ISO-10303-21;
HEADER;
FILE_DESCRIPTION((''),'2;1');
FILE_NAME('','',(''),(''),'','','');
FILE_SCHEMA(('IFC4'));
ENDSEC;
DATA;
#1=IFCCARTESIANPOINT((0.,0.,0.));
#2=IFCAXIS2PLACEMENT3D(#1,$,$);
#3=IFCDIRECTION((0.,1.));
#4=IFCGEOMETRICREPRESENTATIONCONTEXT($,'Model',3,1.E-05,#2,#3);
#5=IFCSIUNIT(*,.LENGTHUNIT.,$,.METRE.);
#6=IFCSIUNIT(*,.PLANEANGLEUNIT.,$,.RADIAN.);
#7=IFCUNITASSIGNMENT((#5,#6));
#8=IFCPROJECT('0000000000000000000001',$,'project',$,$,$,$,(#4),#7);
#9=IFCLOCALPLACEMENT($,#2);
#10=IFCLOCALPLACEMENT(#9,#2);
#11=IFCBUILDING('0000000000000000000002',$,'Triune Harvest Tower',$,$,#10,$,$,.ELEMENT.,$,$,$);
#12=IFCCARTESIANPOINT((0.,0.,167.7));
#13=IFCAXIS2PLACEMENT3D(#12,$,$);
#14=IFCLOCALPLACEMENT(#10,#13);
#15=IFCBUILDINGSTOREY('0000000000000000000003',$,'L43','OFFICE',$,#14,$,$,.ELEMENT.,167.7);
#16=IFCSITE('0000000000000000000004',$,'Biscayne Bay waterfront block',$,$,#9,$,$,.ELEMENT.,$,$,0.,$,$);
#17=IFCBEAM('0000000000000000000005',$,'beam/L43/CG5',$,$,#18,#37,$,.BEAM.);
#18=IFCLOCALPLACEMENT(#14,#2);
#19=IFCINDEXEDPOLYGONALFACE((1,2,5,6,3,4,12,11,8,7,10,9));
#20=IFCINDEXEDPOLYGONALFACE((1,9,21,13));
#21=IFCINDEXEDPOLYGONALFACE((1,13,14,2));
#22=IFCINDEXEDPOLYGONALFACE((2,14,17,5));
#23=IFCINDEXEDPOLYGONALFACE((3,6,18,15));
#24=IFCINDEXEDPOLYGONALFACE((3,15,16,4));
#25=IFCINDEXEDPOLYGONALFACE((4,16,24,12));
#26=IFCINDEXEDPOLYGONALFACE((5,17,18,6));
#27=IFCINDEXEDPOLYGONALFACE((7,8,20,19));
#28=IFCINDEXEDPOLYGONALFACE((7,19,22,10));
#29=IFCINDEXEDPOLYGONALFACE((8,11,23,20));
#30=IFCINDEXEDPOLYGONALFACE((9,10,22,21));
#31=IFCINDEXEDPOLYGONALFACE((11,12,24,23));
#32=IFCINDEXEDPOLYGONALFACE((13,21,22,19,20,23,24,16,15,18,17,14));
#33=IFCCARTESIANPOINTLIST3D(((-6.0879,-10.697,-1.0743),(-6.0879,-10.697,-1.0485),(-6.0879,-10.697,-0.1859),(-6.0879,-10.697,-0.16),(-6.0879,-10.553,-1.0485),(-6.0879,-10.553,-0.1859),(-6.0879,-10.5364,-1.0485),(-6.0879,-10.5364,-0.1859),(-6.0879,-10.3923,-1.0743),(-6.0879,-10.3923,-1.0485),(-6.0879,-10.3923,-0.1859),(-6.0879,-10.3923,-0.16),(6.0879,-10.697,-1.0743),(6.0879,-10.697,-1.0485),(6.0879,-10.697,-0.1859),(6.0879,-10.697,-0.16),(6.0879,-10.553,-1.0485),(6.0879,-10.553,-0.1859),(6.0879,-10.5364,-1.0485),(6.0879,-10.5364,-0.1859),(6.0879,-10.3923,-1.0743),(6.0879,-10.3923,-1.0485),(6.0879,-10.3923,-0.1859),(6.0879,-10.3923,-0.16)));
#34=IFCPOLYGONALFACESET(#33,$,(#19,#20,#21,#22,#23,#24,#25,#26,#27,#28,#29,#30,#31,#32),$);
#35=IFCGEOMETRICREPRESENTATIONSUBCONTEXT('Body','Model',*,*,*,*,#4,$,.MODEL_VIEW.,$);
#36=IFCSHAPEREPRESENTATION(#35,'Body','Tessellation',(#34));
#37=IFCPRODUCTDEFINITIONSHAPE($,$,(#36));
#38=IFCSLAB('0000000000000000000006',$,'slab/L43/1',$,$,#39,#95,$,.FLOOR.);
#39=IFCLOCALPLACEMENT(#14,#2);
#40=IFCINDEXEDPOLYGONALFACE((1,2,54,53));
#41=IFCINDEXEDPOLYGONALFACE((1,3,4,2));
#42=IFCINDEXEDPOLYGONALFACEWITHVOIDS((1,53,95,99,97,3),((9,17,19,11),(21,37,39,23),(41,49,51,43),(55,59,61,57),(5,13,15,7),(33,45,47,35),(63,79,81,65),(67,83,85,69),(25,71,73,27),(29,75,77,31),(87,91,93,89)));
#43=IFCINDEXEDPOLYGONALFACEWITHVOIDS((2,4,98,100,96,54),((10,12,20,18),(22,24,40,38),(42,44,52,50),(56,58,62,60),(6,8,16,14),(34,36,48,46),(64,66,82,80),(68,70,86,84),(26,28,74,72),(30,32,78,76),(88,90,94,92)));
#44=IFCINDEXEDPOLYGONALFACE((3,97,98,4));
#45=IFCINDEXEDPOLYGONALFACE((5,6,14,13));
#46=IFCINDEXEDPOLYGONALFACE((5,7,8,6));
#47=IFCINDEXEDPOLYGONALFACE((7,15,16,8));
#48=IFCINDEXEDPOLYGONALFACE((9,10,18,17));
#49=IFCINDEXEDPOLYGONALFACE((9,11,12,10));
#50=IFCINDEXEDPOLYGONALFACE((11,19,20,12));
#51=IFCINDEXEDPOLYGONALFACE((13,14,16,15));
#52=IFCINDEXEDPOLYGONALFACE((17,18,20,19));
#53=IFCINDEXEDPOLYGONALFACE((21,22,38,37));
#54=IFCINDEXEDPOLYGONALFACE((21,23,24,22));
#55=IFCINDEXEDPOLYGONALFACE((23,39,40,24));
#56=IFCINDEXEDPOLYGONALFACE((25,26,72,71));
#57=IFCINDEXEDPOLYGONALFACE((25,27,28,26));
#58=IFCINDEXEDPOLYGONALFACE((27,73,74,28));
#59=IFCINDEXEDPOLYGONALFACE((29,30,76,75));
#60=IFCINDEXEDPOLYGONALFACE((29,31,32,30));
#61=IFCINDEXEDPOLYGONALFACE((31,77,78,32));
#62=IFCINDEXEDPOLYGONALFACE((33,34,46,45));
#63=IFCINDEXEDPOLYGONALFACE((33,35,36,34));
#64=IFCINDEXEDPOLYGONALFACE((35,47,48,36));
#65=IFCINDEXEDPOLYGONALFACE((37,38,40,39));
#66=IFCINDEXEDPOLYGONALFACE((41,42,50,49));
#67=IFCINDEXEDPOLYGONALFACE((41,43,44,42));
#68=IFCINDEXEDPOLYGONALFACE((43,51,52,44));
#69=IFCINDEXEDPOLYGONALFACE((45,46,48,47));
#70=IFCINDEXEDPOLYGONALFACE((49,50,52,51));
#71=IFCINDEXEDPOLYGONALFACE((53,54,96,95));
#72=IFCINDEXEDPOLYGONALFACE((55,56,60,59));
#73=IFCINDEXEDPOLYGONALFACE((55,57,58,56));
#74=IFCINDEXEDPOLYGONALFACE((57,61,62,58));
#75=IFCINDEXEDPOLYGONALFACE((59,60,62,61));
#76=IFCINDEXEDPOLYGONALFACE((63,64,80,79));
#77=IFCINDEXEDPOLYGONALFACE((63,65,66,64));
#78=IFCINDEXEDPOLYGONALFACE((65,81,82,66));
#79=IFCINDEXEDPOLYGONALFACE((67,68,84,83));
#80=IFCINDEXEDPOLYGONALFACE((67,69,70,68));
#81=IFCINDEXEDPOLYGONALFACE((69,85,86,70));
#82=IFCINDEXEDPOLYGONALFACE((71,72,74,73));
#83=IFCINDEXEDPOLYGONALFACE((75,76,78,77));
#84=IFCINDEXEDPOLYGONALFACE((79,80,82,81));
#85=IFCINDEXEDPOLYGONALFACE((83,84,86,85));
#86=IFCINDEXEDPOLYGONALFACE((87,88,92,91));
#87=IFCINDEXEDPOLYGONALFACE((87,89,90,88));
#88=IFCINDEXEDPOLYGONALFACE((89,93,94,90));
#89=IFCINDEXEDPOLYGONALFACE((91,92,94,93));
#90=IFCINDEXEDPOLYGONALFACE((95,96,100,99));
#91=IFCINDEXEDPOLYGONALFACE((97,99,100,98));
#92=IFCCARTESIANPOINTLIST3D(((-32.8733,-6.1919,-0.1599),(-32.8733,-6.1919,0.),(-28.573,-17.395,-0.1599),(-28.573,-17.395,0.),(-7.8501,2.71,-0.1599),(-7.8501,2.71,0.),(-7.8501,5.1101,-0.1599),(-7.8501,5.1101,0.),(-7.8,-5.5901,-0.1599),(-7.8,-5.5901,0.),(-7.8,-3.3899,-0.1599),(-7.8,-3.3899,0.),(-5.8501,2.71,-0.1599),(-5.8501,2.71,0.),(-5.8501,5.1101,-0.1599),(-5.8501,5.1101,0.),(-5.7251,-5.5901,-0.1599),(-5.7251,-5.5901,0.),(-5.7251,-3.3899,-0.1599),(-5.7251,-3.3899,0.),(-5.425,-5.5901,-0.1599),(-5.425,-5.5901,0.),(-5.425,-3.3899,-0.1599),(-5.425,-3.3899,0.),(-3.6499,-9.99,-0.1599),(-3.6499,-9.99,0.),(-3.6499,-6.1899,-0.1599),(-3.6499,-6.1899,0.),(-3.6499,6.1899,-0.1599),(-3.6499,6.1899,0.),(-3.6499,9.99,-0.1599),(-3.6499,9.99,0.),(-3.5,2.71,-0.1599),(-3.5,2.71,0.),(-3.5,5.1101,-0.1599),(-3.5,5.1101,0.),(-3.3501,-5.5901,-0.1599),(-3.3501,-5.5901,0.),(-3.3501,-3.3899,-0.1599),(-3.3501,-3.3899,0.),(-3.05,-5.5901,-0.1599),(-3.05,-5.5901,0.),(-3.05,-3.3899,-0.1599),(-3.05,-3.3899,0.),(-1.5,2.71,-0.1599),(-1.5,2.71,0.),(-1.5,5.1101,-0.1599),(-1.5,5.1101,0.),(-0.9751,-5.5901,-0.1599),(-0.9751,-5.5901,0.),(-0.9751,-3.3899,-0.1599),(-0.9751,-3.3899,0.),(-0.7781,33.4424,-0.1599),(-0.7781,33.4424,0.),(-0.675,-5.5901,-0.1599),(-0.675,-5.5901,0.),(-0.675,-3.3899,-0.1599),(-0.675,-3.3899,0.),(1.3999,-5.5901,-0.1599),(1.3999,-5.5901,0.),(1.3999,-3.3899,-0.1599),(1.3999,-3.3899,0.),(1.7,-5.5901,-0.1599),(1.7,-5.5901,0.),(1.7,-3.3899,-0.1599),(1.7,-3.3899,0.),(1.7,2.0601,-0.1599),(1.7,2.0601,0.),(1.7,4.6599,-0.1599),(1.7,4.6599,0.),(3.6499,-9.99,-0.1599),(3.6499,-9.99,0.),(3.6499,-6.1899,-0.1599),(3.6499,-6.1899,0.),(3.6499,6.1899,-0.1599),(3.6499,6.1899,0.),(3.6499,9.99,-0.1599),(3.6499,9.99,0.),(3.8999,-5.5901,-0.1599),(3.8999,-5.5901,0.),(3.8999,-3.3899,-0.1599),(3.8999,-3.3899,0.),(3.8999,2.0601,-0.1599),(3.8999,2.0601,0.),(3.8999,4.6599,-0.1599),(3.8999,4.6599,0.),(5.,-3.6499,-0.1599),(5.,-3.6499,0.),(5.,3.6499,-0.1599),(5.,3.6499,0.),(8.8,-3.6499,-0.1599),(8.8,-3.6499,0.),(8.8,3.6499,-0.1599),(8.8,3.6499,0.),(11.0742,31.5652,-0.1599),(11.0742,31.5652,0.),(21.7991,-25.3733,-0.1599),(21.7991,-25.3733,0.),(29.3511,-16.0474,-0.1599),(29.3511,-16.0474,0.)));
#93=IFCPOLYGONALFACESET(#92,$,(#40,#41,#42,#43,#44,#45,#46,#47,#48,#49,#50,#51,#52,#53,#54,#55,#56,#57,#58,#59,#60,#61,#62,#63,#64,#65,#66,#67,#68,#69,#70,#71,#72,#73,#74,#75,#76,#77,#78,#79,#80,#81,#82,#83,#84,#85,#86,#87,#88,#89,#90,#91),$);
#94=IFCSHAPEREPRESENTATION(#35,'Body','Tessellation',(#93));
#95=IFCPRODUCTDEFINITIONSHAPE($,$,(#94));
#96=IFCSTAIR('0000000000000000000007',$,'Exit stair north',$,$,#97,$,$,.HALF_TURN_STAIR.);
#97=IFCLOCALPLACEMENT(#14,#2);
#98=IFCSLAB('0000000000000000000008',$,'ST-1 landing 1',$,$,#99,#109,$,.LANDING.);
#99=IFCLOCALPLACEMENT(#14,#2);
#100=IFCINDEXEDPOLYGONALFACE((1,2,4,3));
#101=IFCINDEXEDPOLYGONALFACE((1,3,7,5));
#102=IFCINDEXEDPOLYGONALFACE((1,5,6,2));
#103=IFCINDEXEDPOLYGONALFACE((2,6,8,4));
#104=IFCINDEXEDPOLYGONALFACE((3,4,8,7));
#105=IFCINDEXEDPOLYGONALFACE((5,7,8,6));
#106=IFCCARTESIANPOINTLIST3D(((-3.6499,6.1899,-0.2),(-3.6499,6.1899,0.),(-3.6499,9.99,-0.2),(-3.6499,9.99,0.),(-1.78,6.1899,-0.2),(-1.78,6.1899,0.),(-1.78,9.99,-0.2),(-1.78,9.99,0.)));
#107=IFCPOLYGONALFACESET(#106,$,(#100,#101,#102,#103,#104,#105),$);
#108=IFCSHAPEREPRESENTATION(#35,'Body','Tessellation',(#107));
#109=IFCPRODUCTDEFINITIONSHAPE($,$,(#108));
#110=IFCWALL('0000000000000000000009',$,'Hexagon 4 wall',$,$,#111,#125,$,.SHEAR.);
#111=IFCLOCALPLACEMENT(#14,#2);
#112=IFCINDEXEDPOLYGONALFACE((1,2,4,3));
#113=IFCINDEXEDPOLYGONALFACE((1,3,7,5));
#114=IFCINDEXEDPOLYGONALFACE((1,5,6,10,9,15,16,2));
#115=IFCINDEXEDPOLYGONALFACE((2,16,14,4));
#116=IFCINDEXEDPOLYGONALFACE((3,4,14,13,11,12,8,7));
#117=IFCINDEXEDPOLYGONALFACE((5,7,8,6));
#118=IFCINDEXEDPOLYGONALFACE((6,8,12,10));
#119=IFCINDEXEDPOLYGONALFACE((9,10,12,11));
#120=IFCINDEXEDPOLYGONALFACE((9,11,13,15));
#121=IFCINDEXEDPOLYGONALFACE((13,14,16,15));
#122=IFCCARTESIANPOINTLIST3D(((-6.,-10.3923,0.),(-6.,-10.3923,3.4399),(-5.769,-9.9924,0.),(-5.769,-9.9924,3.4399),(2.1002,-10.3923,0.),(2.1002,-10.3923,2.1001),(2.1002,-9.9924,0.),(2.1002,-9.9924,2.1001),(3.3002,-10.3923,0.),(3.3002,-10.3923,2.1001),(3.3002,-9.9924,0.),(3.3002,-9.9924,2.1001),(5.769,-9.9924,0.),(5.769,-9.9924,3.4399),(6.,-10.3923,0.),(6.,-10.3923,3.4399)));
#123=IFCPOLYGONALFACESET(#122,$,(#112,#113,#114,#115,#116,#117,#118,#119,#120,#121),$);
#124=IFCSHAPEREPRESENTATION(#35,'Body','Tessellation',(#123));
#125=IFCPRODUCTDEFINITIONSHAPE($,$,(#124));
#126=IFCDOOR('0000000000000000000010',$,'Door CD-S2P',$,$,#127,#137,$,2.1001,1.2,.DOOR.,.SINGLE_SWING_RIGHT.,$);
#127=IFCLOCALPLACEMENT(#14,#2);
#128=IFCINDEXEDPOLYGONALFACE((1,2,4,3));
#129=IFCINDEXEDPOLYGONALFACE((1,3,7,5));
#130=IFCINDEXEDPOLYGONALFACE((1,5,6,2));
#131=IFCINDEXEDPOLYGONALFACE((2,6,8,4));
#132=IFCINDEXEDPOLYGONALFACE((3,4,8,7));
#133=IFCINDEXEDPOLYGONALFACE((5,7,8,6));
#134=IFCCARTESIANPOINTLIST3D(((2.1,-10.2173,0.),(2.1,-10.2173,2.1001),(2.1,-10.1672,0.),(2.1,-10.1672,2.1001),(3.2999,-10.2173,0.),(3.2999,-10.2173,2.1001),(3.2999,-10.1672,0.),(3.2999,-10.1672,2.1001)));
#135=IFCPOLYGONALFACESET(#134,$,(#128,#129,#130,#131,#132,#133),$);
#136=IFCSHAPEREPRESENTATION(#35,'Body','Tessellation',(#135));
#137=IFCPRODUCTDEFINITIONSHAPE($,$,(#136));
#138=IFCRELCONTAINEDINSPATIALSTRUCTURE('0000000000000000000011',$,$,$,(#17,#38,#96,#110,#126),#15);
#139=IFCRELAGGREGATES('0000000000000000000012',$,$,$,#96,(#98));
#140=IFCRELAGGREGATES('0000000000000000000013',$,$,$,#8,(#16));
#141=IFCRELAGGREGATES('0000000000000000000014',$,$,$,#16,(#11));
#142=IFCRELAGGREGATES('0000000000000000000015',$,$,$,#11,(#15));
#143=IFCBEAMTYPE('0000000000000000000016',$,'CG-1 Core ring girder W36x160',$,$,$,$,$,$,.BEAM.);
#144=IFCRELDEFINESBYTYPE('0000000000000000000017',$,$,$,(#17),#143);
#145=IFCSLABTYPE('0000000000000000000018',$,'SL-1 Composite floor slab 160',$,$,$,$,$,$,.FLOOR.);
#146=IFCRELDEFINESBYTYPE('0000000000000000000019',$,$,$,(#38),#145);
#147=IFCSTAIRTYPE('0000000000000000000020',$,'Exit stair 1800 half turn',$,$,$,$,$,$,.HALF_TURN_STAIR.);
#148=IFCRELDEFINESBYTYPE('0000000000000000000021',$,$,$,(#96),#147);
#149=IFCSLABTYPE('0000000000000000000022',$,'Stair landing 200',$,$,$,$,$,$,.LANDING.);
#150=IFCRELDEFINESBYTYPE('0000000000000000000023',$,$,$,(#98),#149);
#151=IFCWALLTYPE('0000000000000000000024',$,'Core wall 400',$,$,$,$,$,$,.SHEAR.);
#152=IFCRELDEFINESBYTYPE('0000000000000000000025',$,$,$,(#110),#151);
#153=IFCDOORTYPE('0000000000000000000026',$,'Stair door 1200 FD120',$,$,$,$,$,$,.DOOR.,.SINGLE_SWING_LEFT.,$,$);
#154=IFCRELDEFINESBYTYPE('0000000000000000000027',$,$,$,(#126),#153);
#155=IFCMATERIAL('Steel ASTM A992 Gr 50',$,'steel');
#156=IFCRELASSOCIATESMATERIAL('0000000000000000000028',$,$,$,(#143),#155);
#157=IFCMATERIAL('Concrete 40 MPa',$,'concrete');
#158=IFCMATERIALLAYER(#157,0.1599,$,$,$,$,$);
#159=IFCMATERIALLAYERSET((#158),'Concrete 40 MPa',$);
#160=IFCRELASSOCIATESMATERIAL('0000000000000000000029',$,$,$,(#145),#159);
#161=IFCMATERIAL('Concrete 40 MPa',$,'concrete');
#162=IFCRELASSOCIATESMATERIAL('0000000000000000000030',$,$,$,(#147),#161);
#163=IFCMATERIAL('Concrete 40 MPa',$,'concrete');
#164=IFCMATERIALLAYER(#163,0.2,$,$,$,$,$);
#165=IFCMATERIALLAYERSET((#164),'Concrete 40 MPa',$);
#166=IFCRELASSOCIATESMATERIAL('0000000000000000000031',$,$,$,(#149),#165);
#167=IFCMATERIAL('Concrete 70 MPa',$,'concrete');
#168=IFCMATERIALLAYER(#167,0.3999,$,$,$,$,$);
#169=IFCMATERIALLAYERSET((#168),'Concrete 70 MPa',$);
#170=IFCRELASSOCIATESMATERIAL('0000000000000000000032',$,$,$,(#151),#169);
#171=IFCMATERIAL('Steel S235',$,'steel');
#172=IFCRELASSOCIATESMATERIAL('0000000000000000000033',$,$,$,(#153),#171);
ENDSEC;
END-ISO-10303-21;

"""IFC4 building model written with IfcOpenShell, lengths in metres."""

from ifc_helpers import new_model, si_unit, direction, frame, frame_2d, origin, origin_2d, place, context, subcontext, project, spatial, polyline, rectangle, i_section, outline, extrude, source, transform, mapped, material, layer, layer_set, material_profile, profile_set, type_object, element, fill, aggregate, save


model = new_model("IFC4")

# Units and contexts
model_context = context("Model", 3, precision=1e-05, world=origin(), true_north=direction((0.0, 1.0)))
body_context = subcontext(model_context, "Body", "Model", "MODEL_VIEW")
ifc_project = project(units=[si_unit("LENGTHUNIT", "METRE"), si_unit("PLANEANGLEUNIT", "RADIAN")], contexts=[model_context])

# Site, building, storey
site_placement = place(None, origin())
site = spatial("IfcSite", under=ifc_project, at=site_placement, Name="Biscayne Bay waterfront block", CompositionType="ELEMENT", RefElevation=0.0)
building_placement = place(site_placement, origin())
building = spatial("IfcBuilding", under=site, at=building_placement, Name="Triune Harvest Tower", CompositionType="ELEMENT")
storey_placement = place(building_placement, frame((0.0, 0.0, 167.7)))
storey = spatial("IfcBuildingStorey", under=building, at=storey_placement, Name="L43", Description="OFFICE", CompositionType="ELEMENT", Elevation=167.7)

# Beam
ifc_material_1 = material(Name="Steel ASTM A992 Gr 50", Category="steel")
ifc_material_profile = material_profile(ifc_material_1, i_section(OverallWidth=0.3047, OverallDepth=0.9143, WebThickness=0.0166, FlangeThickness=0.0259, at=origin_2d()), Name="W36x160")
ifc_profile_set = profile_set([ifc_material_profile], Name="Steel ASTM A992 Gr 50")
beam_type = type_object("IfcBeamType", Name="CG-1 Core ring girder W36x160", PredefinedType="BEAM", material=ifc_profile_set)
shared_shape_1 = source(origin(), body_context, "Body", "SweptSolid", [
    extrude(i_section(OverallWidth=0.3047, OverallDepth=0.9143, WebThickness=0.0166, FlangeThickness=0.0259, at=origin_2d()), origin(), (0.0, 0.0, 1.0), 12.1758),
])
beam_placement = place(storey_placement, frame((-6.0879, -10.5447, -0.6172), z_axis=(1.0, 0.0, 0.0), x_axis=(0.0, 1.0, 0.0)))
element("IfcBeam", 1, at=beam_placement, inside=storey, type_object=beam_type, Name="beam/L43/CG5", PredefinedType="BEAM", context=body_context, shape_type="MappedRepresentation", body=[
    mapped(shared_shape_1, transform((0.0, 0.0, 0.0), scale=1.0)),
])

# Slab
ifc_material_2 = material(Name="Concrete 40 MPa", Category="concrete")
ifc_layer_1 = layer(ifc_material_2, 0.1599)
ifc_layer_set_1 = layer_set([ifc_layer_1], Name="Concrete 40 MPa")
slab_type_1 = type_object("IfcSlabType", Name="SL-1 Composite floor slab 160", PredefinedType="FLOOR", material=ifc_layer_set_1)
shared_shape_2 = source(origin(), body_context, "Body", "SweptSolid", [
    extrude(outline(polyline([(29.3511, -16.0474), (11.0742, 31.5652), (-0.7781, 33.4424), (-32.8733, -6.1919), (-28.573, -17.395), (21.7991, -25.3733), (29.3511, -16.0474)]), holes=[polyline([(-5.7251, -5.5901), (-5.7251, -3.3899), (-7.8, -3.3899), (-7.8, -5.5901), (-5.7251, -5.5901)]), polyline([(-3.3501, -5.5901), (-3.3501, -3.3899), (-5.425, -3.3899), (-5.425, -5.5901), (-3.3501, -5.5901)]), polyline([(-0.9751, -5.5901), (-0.9751, -3.3899), (-3.05, -3.3899), (-3.05, -5.5901), (-0.9751, -5.5901)]), polyline([(1.3999, -5.5901), (1.3999, -3.3899), (-0.675, -3.3899), (-0.675, -5.5901), (1.3999, -5.5901)]), polyline([(3.8999, 2.0601), (3.8999, 4.6599), (1.7, 4.6599), (1.7, 2.0601), (3.8999, 2.0601)]), polyline([(3.8999, -5.5901), (3.8999, -3.3899), (1.7, -3.3899), (1.7, -5.5901), (3.8999, -5.5901)]), polyline([(-5.8501, 2.71), (-5.8501, 5.1101), (-7.8501, 5.1101), (-7.8501, 2.71), (-5.8501, 2.71)]), polyline([(-1.5, 2.71), (-1.5, 5.1101), (-3.5, 5.1101), (-3.5, 2.71), (-1.5, 2.71)]), polyline([(3.6499, 6.1899), (3.6499, 9.99), (-3.6499, 9.99), (-3.6499, 6.1899), (3.6499, 6.1899)]), polyline([(3.6499, -9.99), (3.6499, -6.1899), (-3.6499, -6.1899), (-3.6499, -9.99), (3.6499, -9.99)]), polyline([(8.8, -3.6499), (8.8, 3.6499), (5.0, 3.6499), (5.0, -3.6499), (8.8, -3.6499)])]), origin(), (0.0, 0.0, 1.0), 0.1599),
])
slab_1_placement = place(storey_placement, frame((0.0, 0.0, -0.1599)))
element("IfcSlab", 2, at=slab_1_placement, inside=storey, type_object=slab_type_1, Name="slab/L43/1", PredefinedType="FLOOR", context=body_context, shape_type="MappedRepresentation", body=[
    mapped(shared_shape_2, transform((0.0, 0.0, 0.0), scale=1.0)),
])

# Stair, slab
ifc_material_3 = material(Name="Concrete 40 MPa", Category="concrete")
stair_type = type_object("IfcStairType", Name="Exit stair 1800 half turn", PredefinedType="HALF_TURN_STAIR", material=ifc_material_3)
stair_1_placement = place(storey_placement, origin())
stair_1 = element("IfcStair", 3, at=stair_1_placement, inside=storey, type_object=stair_type, Name="Exit stair north", PredefinedType="HALF_TURN_STAIR")
ifc_material_4 = material(Name="Concrete 40 MPa", Category="concrete")
ifc_layer_2 = layer(ifc_material_4, 0.2)
ifc_layer_set_2 = layer_set([ifc_layer_2], Name="Concrete 40 MPa")
slab_type_2 = type_object("IfcSlabType", Name="Stair landing 200", PredefinedType="LANDING", material=ifc_layer_set_2)
shared_shape_3 = source(origin(), body_context, "Body", "SweptSolid", [
    extrude(outline(polyline([(-3.6499, 6.1899), (-1.78, 6.1899), (-1.78, 9.99), (-3.6499, 9.99), (-3.6499, 6.1899)])), origin(), (0.0, 0.0, 1.0), 0.2),
])
slab_2_placement = place(storey_placement, frame((0.0, 0.0, -0.2)))
slab_2 = element("IfcSlab", 4, at=slab_2_placement, type_object=slab_type_2, Name="ST-1 landing 1", PredefinedType="LANDING", context=body_context, shape_type="MappedRepresentation", body=[
    mapped(shared_shape_3, transform((0.0, 0.0, 0.0), scale=1.0)),
])
aggregate(stair_1, [slab_2])

# Wall, opening, door
ifc_material_5 = material(Name="Concrete 70 MPa", Category="concrete")
ifc_layer_3 = layer(ifc_material_5, 0.3999)
ifc_layer_set_3 = layer_set([ifc_layer_3], Name="Concrete 70 MPa")
wall_type_1 = type_object("IfcWallType", Name="Core wall 400", PredefinedType="SHEAR", material=ifc_layer_set_3)
shared_shape_4 = source(origin(), body_context, "Body", "SweptSolid", [
    extrude(outline(polyline([(-0.1155, -0.2), (11.8845, -0.2), (11.6536, 0.2), (0.1155, 0.2), (-0.1155, -0.2)])), origin(), (0.0, 0.0, 1.0), 3.4399),
])
wall_1_placement = place(storey_placement, frame((-5.8845, -10.1924, 0.0), z_axis=(0.0, 0.0, 1.0), x_axis=(1.0, 0.0, 0.0)))
wall_1 = element("IfcWall", 5, at=wall_1_placement, inside=storey, type_object=wall_type_1, Name="Hexagon 4 wall", PredefinedType="SHEAR", context=body_context, shape_type="MappedRepresentation", body=[
    mapped(shared_shape_4, transform((0.0, 0.0, 0.0), scale=1.0)),
])
opening_1_placement = place(wall_1_placement, frame((7.9846, 0.0, 0.0)))
opening_1 = element("IfcOpeningElement", 6, at=opening_1_placement, cuts=wall_1, PredefinedType="OPENING", context=body_context, shape_type="SweptSolid", body=[
    extrude(rectangle(XDim=1.2, YDim=2.1001, at=frame_2d((0.6001, 1.05))), frame((0.0, 0.21, 0.0), z_axis=(0.0, -1.0, 0.0), x_axis=(1.0, 0.0, 0.0)), (0.0, 0.0, 1.0), 0.4199),
])
ifc_material_6 = material(Name="Steel S235", Category="steel")
door_type_1 = type_object("IfcDoorType", Name="Stair door 1200 FD120", OperationType="SINGLE_SWING_LEFT", PredefinedType="DOOR", material=ifc_material_6)
door_1_placement = place(opening_1_placement, frame((1.2, 0.0, 0.0), z_axis=(0.0, 0.0, 1.0), x_axis=(-1.0, 0.0, 0.0)))
door_1 = element("IfcDoor", 7, at=door_1_placement, inside=storey, type_object=door_type_1, Name="Door CD-S2P", OperationType="SINGLE_SWING_RIGHT", OverallHeight=2.1001, OverallWidth=1.2, PredefinedType="DOOR", context=body_context, shape_type="SweptSolid", body=[
    extrude(rectangle(XDim=1.2, YDim=2.1001, at=frame_2d((0.6001, 1.05))), frame((0.0, 0.0249, 0.0), z_axis=(0.0, -1.0, 0.0), x_axis=(1.0, 0.0, 0.0)), (0.0, 0.0, 1.0), 0.05),
])
fill(opening_1, door_1)

save(model, "model.ifc")
